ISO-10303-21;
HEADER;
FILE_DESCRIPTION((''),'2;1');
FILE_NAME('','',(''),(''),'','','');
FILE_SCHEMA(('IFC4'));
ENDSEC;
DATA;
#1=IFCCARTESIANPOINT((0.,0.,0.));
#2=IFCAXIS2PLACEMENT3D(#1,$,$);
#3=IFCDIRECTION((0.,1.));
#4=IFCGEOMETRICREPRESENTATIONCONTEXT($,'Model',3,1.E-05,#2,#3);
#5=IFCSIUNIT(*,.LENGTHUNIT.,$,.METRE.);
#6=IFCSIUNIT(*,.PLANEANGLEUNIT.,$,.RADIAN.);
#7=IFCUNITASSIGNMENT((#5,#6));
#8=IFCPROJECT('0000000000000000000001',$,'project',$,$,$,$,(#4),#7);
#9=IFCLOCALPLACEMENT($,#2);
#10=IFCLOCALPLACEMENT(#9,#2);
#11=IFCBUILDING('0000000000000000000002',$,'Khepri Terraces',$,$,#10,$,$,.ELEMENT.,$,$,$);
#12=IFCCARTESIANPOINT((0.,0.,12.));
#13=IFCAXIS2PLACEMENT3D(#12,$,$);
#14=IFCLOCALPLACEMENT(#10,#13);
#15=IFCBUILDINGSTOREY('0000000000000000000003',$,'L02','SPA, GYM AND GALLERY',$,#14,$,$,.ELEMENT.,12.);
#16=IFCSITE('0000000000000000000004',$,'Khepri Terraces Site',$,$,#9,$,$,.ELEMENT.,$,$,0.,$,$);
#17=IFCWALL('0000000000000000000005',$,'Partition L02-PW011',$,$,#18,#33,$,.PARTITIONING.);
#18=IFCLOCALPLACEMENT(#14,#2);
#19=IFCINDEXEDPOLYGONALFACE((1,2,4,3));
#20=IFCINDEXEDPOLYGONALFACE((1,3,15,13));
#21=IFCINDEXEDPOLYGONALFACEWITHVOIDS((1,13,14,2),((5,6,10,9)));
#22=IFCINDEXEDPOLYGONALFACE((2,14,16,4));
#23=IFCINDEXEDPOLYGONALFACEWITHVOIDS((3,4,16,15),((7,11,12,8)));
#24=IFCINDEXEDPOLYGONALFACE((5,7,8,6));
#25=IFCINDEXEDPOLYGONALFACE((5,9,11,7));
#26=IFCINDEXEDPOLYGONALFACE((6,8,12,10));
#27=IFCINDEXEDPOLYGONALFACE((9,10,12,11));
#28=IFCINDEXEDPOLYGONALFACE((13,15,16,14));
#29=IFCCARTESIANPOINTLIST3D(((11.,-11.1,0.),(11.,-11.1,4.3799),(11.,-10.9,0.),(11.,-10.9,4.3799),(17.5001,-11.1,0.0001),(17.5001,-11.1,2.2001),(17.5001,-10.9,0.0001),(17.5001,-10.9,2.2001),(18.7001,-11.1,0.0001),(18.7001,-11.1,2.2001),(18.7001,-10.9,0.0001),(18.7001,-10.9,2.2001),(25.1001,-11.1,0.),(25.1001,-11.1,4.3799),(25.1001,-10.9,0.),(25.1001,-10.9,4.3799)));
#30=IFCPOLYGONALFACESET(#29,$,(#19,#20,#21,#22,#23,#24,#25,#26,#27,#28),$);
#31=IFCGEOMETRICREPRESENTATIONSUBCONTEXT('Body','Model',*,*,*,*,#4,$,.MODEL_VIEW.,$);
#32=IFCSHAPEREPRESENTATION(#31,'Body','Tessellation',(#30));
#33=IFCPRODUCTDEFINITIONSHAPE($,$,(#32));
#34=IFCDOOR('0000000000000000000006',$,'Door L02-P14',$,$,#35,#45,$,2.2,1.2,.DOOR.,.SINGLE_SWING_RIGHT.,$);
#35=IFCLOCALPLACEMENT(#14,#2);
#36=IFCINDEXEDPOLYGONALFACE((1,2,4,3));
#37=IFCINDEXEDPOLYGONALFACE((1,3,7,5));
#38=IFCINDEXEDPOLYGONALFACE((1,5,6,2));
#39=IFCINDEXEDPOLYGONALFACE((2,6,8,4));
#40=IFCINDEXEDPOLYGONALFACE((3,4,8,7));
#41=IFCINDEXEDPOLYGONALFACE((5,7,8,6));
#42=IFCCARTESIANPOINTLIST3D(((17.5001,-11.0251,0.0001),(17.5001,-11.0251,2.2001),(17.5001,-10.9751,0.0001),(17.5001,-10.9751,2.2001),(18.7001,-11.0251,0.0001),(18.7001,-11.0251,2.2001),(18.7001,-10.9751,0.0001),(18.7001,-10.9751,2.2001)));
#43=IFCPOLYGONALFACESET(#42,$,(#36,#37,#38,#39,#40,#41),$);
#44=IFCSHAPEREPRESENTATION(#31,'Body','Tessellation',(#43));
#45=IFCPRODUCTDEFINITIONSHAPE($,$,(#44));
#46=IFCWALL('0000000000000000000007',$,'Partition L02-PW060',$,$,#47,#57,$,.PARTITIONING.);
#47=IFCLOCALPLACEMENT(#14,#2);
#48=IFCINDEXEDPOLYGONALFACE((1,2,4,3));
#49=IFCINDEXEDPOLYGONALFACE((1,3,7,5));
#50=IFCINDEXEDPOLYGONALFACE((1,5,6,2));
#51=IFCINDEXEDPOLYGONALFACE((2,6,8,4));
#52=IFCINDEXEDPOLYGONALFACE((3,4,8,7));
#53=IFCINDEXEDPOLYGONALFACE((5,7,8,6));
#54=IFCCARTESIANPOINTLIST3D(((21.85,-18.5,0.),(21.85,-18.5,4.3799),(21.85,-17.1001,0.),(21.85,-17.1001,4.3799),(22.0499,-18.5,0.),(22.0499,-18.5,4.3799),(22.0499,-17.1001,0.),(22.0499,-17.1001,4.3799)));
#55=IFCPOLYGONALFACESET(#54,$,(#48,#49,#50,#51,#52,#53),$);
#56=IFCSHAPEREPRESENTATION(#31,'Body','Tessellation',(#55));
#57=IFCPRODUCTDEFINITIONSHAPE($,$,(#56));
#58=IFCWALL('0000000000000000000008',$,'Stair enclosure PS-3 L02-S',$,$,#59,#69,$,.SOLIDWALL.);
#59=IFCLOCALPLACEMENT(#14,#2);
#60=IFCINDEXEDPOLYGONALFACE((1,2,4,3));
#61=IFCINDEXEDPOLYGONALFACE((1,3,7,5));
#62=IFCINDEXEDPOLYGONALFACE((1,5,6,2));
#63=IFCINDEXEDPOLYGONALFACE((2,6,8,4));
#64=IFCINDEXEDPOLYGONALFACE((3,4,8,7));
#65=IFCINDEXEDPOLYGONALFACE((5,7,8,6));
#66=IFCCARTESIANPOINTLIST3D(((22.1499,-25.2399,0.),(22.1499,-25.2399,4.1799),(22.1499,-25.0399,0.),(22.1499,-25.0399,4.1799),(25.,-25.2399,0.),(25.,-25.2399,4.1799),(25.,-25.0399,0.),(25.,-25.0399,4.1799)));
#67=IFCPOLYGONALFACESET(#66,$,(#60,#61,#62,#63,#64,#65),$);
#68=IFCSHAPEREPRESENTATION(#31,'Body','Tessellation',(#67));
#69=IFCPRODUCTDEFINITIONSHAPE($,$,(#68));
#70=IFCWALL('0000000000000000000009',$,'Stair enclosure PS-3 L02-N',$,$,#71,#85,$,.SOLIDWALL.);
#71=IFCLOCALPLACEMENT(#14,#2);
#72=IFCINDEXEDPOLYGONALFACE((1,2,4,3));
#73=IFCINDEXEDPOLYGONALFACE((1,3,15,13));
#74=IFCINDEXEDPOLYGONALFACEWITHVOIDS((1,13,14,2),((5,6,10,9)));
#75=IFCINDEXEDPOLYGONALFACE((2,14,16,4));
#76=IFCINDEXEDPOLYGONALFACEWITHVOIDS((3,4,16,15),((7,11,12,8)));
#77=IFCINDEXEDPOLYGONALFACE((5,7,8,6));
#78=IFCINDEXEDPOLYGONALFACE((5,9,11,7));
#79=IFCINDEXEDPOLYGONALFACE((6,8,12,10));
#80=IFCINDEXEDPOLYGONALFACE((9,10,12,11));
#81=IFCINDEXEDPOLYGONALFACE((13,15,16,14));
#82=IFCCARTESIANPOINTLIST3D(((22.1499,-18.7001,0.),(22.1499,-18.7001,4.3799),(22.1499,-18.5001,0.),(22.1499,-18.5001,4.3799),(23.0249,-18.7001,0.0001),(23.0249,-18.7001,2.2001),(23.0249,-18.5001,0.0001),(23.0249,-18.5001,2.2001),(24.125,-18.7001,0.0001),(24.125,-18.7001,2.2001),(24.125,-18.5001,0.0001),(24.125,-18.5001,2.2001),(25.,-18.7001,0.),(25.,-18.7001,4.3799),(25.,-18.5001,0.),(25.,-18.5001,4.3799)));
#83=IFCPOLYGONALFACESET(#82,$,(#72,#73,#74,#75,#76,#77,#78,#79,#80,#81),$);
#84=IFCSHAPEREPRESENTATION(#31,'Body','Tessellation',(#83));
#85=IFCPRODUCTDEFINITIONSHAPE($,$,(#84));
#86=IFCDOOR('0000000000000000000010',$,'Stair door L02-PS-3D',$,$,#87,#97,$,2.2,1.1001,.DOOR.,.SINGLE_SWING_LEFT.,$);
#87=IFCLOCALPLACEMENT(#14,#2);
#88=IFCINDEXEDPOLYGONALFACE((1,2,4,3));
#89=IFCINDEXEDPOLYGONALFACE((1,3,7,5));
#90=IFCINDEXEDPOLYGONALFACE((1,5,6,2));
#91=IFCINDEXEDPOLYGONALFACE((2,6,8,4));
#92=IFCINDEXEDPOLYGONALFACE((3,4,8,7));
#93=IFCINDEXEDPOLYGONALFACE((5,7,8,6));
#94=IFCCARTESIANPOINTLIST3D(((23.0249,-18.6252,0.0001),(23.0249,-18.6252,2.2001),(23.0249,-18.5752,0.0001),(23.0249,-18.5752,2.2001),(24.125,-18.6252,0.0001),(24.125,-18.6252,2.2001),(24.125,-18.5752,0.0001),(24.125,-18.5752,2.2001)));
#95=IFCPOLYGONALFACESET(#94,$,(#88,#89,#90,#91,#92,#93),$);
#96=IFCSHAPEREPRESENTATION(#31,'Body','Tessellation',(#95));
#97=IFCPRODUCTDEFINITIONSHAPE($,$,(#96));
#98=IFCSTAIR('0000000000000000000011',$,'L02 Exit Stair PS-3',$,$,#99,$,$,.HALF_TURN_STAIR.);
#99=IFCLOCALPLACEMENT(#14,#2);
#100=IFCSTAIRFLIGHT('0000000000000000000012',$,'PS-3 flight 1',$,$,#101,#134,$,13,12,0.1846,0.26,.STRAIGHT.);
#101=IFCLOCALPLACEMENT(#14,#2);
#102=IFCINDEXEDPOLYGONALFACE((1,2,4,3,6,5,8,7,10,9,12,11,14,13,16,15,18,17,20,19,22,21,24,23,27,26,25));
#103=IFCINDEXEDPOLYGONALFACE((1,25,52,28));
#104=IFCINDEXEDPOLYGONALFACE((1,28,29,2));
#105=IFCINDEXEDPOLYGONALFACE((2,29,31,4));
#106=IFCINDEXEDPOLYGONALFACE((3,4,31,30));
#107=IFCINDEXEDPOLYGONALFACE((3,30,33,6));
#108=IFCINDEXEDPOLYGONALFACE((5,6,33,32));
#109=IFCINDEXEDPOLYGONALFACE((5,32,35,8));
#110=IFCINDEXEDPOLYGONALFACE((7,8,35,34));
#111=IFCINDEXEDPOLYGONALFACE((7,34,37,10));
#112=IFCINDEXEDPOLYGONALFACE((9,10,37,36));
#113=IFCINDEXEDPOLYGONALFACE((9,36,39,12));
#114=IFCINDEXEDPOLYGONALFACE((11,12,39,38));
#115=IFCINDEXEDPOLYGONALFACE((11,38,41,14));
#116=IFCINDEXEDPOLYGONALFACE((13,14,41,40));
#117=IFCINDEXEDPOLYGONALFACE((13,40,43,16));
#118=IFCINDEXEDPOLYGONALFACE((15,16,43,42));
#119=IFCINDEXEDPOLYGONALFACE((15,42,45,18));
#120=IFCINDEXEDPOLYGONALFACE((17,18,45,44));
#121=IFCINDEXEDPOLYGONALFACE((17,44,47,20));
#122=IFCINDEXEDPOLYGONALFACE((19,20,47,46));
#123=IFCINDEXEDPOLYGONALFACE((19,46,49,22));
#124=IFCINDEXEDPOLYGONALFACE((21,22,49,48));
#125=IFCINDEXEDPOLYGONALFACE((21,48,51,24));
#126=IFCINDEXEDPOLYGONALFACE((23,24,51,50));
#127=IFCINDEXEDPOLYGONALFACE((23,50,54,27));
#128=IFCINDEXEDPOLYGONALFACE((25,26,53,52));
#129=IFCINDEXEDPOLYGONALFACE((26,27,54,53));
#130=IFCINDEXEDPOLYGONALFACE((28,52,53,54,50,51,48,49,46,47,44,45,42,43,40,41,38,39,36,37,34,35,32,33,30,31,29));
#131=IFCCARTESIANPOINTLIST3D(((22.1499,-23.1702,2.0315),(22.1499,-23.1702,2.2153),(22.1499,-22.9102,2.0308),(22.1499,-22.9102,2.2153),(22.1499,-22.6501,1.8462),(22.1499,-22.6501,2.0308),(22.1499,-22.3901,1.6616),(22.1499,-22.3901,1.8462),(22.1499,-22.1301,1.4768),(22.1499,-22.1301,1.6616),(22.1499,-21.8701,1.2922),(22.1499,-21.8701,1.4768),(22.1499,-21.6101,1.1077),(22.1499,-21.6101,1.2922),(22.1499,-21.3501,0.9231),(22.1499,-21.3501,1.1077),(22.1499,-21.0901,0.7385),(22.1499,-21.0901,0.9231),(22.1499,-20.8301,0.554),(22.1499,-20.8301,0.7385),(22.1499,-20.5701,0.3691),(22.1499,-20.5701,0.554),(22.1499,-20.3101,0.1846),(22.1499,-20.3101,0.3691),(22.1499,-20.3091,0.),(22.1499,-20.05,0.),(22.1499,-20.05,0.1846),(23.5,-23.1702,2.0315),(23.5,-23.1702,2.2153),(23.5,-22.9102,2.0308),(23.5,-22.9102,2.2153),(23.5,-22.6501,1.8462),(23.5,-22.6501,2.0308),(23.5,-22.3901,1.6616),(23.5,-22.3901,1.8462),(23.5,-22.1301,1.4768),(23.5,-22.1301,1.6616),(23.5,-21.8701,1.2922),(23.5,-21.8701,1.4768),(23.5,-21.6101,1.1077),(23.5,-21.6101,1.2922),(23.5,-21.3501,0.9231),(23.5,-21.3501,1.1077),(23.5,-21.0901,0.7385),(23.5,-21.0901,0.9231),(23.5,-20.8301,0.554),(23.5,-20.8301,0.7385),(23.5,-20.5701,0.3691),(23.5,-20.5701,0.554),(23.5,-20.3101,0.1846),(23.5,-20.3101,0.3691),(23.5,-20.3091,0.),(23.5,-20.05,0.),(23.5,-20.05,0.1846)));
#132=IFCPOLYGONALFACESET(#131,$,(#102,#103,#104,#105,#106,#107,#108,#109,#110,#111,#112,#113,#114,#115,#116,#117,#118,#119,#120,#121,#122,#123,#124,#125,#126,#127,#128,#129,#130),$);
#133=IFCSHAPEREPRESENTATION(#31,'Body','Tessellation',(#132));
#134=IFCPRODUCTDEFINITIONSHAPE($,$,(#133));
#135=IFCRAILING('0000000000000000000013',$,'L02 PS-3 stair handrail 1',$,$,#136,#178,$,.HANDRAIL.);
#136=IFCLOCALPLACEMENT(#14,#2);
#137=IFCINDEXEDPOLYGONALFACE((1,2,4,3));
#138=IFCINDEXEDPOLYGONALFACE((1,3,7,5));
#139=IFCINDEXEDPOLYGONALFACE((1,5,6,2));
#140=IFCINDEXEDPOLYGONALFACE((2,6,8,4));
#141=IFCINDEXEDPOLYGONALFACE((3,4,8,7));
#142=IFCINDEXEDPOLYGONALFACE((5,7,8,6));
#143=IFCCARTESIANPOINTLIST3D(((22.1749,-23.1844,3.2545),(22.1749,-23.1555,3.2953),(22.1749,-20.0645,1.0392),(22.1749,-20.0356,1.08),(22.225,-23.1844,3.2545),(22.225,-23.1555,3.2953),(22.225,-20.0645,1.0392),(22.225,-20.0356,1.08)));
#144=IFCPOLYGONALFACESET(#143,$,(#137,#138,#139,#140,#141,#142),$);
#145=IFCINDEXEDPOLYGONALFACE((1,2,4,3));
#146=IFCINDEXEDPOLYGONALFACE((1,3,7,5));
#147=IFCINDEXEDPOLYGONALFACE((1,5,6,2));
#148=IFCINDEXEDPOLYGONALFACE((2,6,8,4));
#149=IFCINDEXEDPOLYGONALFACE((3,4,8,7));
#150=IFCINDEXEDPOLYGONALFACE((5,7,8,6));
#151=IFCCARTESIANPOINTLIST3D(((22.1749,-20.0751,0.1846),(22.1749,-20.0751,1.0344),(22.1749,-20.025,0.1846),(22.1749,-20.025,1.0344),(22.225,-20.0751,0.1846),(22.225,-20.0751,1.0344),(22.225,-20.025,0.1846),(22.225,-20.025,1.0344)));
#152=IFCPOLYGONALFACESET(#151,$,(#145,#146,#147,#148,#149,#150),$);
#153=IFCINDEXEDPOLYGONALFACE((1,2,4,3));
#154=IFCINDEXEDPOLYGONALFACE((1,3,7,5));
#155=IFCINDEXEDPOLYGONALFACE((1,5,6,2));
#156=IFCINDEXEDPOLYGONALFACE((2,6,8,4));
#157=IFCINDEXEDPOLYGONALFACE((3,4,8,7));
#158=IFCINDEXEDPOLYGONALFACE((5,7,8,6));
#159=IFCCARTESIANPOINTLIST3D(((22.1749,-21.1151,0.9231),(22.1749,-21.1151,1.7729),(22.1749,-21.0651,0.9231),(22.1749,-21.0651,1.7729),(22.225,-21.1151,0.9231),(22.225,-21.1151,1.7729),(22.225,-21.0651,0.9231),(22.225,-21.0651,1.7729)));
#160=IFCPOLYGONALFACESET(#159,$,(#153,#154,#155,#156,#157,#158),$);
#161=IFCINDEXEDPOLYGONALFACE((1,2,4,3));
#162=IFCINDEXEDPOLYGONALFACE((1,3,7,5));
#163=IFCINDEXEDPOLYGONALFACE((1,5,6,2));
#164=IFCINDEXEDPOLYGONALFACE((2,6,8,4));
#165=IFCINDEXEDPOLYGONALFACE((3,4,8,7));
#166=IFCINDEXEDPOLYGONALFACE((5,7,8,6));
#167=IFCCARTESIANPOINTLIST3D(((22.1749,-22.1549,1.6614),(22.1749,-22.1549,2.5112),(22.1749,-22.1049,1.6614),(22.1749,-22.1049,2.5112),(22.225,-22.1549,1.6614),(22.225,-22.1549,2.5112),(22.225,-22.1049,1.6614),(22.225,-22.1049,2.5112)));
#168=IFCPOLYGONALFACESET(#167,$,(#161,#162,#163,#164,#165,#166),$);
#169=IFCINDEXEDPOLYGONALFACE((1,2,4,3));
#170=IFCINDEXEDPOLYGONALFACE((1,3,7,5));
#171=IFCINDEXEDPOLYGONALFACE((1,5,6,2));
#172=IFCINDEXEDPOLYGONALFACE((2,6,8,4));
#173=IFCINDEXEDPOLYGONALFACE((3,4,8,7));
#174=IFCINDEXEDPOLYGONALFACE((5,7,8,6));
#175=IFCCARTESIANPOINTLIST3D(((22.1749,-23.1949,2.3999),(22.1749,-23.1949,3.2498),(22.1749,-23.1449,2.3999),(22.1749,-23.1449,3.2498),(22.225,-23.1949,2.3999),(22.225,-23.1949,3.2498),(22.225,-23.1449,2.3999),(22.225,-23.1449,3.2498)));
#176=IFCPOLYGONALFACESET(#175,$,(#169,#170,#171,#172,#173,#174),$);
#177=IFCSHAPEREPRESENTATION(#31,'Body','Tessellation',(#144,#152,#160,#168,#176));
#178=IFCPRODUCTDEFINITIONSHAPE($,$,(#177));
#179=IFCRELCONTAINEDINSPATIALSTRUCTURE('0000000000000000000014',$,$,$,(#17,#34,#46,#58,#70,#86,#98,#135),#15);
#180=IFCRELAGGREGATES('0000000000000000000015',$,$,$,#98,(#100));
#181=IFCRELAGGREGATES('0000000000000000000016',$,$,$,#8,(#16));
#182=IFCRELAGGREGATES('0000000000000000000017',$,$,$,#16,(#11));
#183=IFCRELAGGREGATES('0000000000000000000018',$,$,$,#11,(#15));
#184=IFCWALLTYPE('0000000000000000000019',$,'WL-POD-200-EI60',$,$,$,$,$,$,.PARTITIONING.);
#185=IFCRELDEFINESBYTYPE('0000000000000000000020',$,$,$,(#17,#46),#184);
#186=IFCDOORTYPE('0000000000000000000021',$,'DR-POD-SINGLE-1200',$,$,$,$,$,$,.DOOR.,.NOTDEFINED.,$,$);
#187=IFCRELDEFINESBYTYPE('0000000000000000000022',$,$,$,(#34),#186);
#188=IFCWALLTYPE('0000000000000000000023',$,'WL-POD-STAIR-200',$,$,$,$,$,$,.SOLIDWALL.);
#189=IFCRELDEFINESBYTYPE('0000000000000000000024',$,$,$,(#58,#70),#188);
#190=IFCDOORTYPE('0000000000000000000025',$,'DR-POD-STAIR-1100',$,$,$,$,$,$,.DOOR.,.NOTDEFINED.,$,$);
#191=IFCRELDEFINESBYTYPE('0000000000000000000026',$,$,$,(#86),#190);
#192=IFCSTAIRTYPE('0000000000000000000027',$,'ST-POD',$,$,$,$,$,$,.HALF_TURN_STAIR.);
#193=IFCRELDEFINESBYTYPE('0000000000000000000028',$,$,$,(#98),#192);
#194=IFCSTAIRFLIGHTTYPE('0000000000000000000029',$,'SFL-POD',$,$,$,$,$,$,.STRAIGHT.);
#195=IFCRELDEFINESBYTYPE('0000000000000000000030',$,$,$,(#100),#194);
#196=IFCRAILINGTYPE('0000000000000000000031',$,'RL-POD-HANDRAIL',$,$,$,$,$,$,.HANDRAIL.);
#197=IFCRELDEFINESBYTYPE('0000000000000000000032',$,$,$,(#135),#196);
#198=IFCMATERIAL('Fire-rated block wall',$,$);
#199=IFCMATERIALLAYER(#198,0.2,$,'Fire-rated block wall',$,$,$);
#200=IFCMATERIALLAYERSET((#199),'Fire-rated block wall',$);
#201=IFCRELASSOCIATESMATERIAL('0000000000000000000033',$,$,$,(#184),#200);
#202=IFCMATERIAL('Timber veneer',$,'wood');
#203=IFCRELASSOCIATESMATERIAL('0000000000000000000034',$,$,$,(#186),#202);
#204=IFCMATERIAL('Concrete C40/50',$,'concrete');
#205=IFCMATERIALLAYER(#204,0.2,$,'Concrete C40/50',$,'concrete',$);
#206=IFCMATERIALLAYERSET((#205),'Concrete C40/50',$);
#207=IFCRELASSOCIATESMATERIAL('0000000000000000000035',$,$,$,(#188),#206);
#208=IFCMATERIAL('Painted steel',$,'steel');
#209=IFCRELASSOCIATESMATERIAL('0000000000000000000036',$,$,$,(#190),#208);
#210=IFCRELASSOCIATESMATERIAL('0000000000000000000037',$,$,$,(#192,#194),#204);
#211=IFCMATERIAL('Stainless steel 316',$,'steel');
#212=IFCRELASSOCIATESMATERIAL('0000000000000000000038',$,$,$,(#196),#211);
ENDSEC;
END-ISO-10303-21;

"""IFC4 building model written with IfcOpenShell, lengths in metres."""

from ifc_helpers import new_model, si_unit, direction, frame, frame_2d, origin, origin_2d, place, context, subcontext, project, spatial, polyline, rectangle, outline, extrude, material, layer, layer_set, type_object, element, fill, aggregate, save


model = new_model("IFC4")

# Units and contexts
model_context = context("Model", 3, precision=1e-05, world=origin(), true_north=direction((0.0, 1.0)))
body_context = subcontext(model_context, "Body", "Model", "MODEL_VIEW")
ifc_project = project(units=[si_unit("LENGTHUNIT", "METRE"), si_unit("PLANEANGLEUNIT", "RADIAN")], contexts=[model_context])

# Site, building, storey
site_placement = place(None, origin())
site = spatial("IfcSite", under=ifc_project, at=site_placement, Name="Khepri Terraces Site", CompositionType="ELEMENT", RefElevation=0.0)
building_placement = place(site_placement, origin())
building = spatial("IfcBuilding", under=site, at=building_placement, Name="Khepri Terraces", CompositionType="ELEMENT")
storey_placement = place(building_placement, frame((0.0, 0.0, 12.0)))
storey = spatial("IfcBuildingStorey", under=building, at=storey_placement, Name="L02", Description="SPA, GYM AND GALLERY", CompositionType="ELEMENT", Elevation=12.0)

# Shared definitions
ifc_material_1 = material(Name="Timber veneer", Category="wood")

# Shared definitions
ifc_material_2 = material(Name="Fire-rated block wall")
ifc_layer_1 = layer(ifc_material_2, 0.2, Name="Fire-rated block wall")
ifc_layer_set_1 = layer_set([ifc_layer_1], Name="Fire-rated block wall")
wall_type_1 = type_object("IfcWallType", Name="WL-POD-200-EI60", PredefinedType="PARTITIONING", material=ifc_layer_set_1)

# Wall, opening, door
wall_1_placement = place(storey_placement, frame((11.0, -11.0, 0.0), z_axis=(0.0, 0.0, 1.0), x_axis=(1.0, 0.0, 0.0)))
wall_1 = element("IfcWall", 1, at=wall_1_placement, inside=storey, type_object=wall_type_1, Name="Partition L02-PW011", PredefinedType="PARTITIONING", context=body_context, shape_type="SweptSolid", body=[
    extrude(rectangle(XDim=14.1001, YDim=0.2, at=frame_2d((7.05, 0.0))), origin(), (0.0, 0.0, 1.0), 4.3799),
])
opening_1_placement = place(wall_1_placement, frame((6.5, 0.0, 0.0)))
opening_1 = element("IfcOpeningElement", 2, at=opening_1_placement, cuts=wall_1, PredefinedType="OPENING", context=body_context, shape_type="SweptSolid", body=[
    extrude(rectangle(XDim=1.2, YDim=2.2, at=frame_2d((0.6001, 1.1001))), frame((0.0, 0.1099, 0.0), z_axis=(0.0, -1.0, 0.0), x_axis=(1.0, 0.0, 0.0)), (0.0, 0.0, 1.0), 0.22),
])
door_type_1 = type_object("IfcDoorType", Name="DR-POD-SINGLE-1200", OperationType="NOTDEFINED", PredefinedType="DOOR", material=ifc_material_1)
door_1_placement = place(opening_1_placement, origin())
door_1 = element("IfcDoor", 3, at=door_1_placement, inside=storey, type_object=door_type_1, Name="Door L02-P14", OperationType="SINGLE_SWING_RIGHT", OverallHeight=2.2, OverallWidth=1.2, PredefinedType="DOOR", context=body_context, shape_type="SweptSolid", body=[
    extrude(rectangle(XDim=1.2, YDim=2.2, at=frame_2d((0.6001, 1.1001))), frame((0.0, 0.0249, 0.0), z_axis=(0.0, -1.0, 0.0), x_axis=(1.0, 0.0, 0.0)), (0.0, 0.0, 1.0), 0.05),
])
fill(opening_1, door_1)

# Walls
wall_2_placement = place(storey_placement, frame((21.95, -18.5, 0.0), z_axis=(0.0, 0.0, 1.0), x_axis=(0.0, 1.0, 0.0)))
element("IfcWall", 4, at=wall_2_placement, inside=storey, type_object=wall_type_1, Name="Partition L02-PW060", PredefinedType="PARTITIONING", context=body_context, shape_type="SweptSolid", body=[
    extrude(rectangle(XDim=1.3999, YDim=0.2, at=frame_2d((0.7, 0.0))), origin(), (0.0, 0.0, 1.0), 4.3799),
])
ifc_material_3 = material(Name="Concrete C40/50", Category="concrete")
ifc_layer_2 = layer(ifc_material_3, 0.2, Name="Concrete C40/50", Category="concrete")
ifc_layer_set_2 = layer_set([ifc_layer_2], Name="Concrete C40/50")
wall_type_2 = type_object("IfcWallType", Name="WL-POD-STAIR-200", PredefinedType="SOLIDWALL", material=ifc_layer_set_2)
wall_3_placement = place(storey_placement, frame((22.1499, -25.1399, 0.0), z_axis=(0.0, 0.0, 1.0), x_axis=(1.0, 0.0, 0.0)))
element("IfcWall", 5, at=wall_3_placement, inside=storey, type_object=wall_type_2, Name="Stair enclosure PS-3 L02-S", PredefinedType="SOLIDWALL", context=body_context, shape_type="SweptSolid", body=[
    extrude(rectangle(XDim=2.8501, YDim=0.2, at=frame_2d((1.425, 0.0))), origin(), (0.0, 0.0, 1.0), 4.1799),
])

# Wall, opening, door
wall_4_placement = place(storey_placement, frame((22.1499, -18.6001, 0.0), z_axis=(0.0, 0.0, 1.0), x_axis=(1.0, 0.0, 0.0)))
wall_4 = element("IfcWall", 6, at=wall_4_placement, inside=storey, type_object=wall_type_2, Name="Stair enclosure PS-3 L02-N", PredefinedType="SOLIDWALL", context=body_context, shape_type="SweptSolid", body=[
    extrude(rectangle(XDim=2.8501, YDim=0.2, at=frame_2d((1.425, 0.0))), origin(), (0.0, 0.0, 1.0), 4.3799),
])
opening_2_placement = place(wall_4_placement, frame((0.875, 0.0, 0.0)))
opening_2 = element("IfcOpeningElement", 7, at=opening_2_placement, cuts=wall_4, PredefinedType="OPENING", context=body_context, shape_type="SweptSolid", body=[
    extrude(rectangle(XDim=1.1001, YDim=2.2, at=frame_2d((0.55, 1.1001))), frame((0.0, 0.1099, 0.0), z_axis=(0.0, -1.0, 0.0), x_axis=(1.0, 0.0, 0.0)), (0.0, 0.0, 1.0), 0.22),
])
ifc_material_4 = material(Name="Painted steel", Category="steel")
door_type_2 = type_object("IfcDoorType", Name="DR-POD-STAIR-1100", OperationType="NOTDEFINED", PredefinedType="DOOR", material=ifc_material_4)
door_2_placement = place(opening_2_placement, origin())
door_2 = element("IfcDoor", 8, at=door_2_placement, inside=storey, type_object=door_type_2, Name="Stair door L02-PS-3D", OperationType="SINGLE_SWING_LEFT", OverallHeight=2.2, OverallWidth=1.1001, PredefinedType="DOOR", context=body_context, shape_type="SweptSolid", body=[
    extrude(rectangle(XDim=1.1001, YDim=2.2, at=frame_2d((0.55, 1.1001))), frame((0.0, 0.0249, 0.0), z_axis=(0.0, -1.0, 0.0), x_axis=(1.0, 0.0, 0.0)), (0.0, 0.0, 1.0), 0.05),
])
fill(opening_2, door_2)

# Stair, stair flight
stair_type = type_object("IfcStairType", Name="ST-POD", PredefinedType="HALF_TURN_STAIR", material=ifc_material_3)
stair_placement = place(storey_placement, origin())
stair = element("IfcStair", 9, at=stair_placement, inside=storey, type_object=stair_type, Name="L02 Exit Stair PS-3", PredefinedType="HALF_TURN_STAIR")
stair_flight_type = type_object("IfcStairFlightType", Name="SFL-POD", PredefinedType="STRAIGHT", material=ifc_material_3)
stair_flight_placement = place(storey_placement, frame((22.825, -20.05, 0.0), z_axis=(0.0, 0.0, 1.0), x_axis=(0.0, -1.0, 0.0)))
stair_flight = element("IfcStairFlight", 10, at=stair_flight_placement, type_object=stair_flight_type, Name="PS-3 flight 1", NumberOfRisers=13, NumberOfTreads=12, PredefinedType="STRAIGHT", RiserHeight=0.1846, TreadLength=0.26, context=body_context, shape_type="SweptSolid", body=[
    extrude(outline(polyline([(0.0, 0.0), (0.0, 0.1846), (0.26, 0.1846), (0.26, 0.3691), (0.52, 0.3691), (0.52, 0.554), (0.78, 0.554), (0.78, 0.7385), (1.04, 0.7385), (1.04, 0.9231), (1.3, 0.9231), (1.3, 1.1077), (1.5601, 1.1077), (1.5601, 1.2922), (1.8201, 1.2922), (1.8201, 1.4768), (2.0801, 1.4768), (2.0801, 1.6616), (2.3401, 1.6616), (2.3401, 1.8462), (2.6001, 1.8462), (2.6001, 2.0308), (2.8601, 2.0308), (2.8601, 2.2153), (3.1201, 2.2153), (3.1201, 2.3999), (3.1201, 2.0315), (0.259, 0.0), (0.0, 0.0)])), frame((0.0, 0.675, 0.0), z_axis=(0.0, -1.0, 0.0), x_axis=(1.0, 0.0, 0.0)), (0.0, 0.0, 1.0), 1.3501),
])
aggregate(stair, [stair_flight])

# Railing
ifc_material_5 = material(Name="Stainless steel 316", Category="steel")
railing_type = type_object("IfcRailingType", Name="RL-POD-HANDRAIL", PredefinedType="HANDRAIL", material=ifc_material_5)
railing_placement = place(storey_placement, frame((22.2, -20.05, 0.1846)))
element("IfcRailing", 11, at=railing_placement, inside=storey, type_object=railing_type, Name="L02 PS-3 stair handrail 1", PredefinedType="HANDRAIL", context=body_context, shape_type="SweptSolid", body=[
    extrude(rectangle(XDim=0.05, YDim=0.05, at=origin_2d()), frame((0.0, 0.0, 0.875), z_axis=(0.0, -0.815356, 0.578961), x_axis=(1.0, 0.0, 0.0)), (0.0, 0.0, 1.0), 3.8264),
    extrude(rectangle(XDim=0.05, YDim=0.05, at=origin_2d()), origin(), (0.0, 0.0, 1.0), 0.8499),
    extrude(rectangle(XDim=0.05, YDim=0.05, at=origin_2d()), frame((0.0, -1.04, 0.7385)), (0.0, 0.0, 1.0), 0.8499),
    extrude(rectangle(XDim=0.05, YDim=0.05, at=origin_2d()), frame((0.0, -2.0798, 1.4768)), (0.0, 0.0, 1.0), 0.8499),
    extrude(rectangle(XDim=0.05, YDim=0.05, at=origin_2d()), frame((0.0, -3.1199, 2.2153)), (0.0, 0.0, 1.0), 0.8499),
])

save(model, "model.ifc")
